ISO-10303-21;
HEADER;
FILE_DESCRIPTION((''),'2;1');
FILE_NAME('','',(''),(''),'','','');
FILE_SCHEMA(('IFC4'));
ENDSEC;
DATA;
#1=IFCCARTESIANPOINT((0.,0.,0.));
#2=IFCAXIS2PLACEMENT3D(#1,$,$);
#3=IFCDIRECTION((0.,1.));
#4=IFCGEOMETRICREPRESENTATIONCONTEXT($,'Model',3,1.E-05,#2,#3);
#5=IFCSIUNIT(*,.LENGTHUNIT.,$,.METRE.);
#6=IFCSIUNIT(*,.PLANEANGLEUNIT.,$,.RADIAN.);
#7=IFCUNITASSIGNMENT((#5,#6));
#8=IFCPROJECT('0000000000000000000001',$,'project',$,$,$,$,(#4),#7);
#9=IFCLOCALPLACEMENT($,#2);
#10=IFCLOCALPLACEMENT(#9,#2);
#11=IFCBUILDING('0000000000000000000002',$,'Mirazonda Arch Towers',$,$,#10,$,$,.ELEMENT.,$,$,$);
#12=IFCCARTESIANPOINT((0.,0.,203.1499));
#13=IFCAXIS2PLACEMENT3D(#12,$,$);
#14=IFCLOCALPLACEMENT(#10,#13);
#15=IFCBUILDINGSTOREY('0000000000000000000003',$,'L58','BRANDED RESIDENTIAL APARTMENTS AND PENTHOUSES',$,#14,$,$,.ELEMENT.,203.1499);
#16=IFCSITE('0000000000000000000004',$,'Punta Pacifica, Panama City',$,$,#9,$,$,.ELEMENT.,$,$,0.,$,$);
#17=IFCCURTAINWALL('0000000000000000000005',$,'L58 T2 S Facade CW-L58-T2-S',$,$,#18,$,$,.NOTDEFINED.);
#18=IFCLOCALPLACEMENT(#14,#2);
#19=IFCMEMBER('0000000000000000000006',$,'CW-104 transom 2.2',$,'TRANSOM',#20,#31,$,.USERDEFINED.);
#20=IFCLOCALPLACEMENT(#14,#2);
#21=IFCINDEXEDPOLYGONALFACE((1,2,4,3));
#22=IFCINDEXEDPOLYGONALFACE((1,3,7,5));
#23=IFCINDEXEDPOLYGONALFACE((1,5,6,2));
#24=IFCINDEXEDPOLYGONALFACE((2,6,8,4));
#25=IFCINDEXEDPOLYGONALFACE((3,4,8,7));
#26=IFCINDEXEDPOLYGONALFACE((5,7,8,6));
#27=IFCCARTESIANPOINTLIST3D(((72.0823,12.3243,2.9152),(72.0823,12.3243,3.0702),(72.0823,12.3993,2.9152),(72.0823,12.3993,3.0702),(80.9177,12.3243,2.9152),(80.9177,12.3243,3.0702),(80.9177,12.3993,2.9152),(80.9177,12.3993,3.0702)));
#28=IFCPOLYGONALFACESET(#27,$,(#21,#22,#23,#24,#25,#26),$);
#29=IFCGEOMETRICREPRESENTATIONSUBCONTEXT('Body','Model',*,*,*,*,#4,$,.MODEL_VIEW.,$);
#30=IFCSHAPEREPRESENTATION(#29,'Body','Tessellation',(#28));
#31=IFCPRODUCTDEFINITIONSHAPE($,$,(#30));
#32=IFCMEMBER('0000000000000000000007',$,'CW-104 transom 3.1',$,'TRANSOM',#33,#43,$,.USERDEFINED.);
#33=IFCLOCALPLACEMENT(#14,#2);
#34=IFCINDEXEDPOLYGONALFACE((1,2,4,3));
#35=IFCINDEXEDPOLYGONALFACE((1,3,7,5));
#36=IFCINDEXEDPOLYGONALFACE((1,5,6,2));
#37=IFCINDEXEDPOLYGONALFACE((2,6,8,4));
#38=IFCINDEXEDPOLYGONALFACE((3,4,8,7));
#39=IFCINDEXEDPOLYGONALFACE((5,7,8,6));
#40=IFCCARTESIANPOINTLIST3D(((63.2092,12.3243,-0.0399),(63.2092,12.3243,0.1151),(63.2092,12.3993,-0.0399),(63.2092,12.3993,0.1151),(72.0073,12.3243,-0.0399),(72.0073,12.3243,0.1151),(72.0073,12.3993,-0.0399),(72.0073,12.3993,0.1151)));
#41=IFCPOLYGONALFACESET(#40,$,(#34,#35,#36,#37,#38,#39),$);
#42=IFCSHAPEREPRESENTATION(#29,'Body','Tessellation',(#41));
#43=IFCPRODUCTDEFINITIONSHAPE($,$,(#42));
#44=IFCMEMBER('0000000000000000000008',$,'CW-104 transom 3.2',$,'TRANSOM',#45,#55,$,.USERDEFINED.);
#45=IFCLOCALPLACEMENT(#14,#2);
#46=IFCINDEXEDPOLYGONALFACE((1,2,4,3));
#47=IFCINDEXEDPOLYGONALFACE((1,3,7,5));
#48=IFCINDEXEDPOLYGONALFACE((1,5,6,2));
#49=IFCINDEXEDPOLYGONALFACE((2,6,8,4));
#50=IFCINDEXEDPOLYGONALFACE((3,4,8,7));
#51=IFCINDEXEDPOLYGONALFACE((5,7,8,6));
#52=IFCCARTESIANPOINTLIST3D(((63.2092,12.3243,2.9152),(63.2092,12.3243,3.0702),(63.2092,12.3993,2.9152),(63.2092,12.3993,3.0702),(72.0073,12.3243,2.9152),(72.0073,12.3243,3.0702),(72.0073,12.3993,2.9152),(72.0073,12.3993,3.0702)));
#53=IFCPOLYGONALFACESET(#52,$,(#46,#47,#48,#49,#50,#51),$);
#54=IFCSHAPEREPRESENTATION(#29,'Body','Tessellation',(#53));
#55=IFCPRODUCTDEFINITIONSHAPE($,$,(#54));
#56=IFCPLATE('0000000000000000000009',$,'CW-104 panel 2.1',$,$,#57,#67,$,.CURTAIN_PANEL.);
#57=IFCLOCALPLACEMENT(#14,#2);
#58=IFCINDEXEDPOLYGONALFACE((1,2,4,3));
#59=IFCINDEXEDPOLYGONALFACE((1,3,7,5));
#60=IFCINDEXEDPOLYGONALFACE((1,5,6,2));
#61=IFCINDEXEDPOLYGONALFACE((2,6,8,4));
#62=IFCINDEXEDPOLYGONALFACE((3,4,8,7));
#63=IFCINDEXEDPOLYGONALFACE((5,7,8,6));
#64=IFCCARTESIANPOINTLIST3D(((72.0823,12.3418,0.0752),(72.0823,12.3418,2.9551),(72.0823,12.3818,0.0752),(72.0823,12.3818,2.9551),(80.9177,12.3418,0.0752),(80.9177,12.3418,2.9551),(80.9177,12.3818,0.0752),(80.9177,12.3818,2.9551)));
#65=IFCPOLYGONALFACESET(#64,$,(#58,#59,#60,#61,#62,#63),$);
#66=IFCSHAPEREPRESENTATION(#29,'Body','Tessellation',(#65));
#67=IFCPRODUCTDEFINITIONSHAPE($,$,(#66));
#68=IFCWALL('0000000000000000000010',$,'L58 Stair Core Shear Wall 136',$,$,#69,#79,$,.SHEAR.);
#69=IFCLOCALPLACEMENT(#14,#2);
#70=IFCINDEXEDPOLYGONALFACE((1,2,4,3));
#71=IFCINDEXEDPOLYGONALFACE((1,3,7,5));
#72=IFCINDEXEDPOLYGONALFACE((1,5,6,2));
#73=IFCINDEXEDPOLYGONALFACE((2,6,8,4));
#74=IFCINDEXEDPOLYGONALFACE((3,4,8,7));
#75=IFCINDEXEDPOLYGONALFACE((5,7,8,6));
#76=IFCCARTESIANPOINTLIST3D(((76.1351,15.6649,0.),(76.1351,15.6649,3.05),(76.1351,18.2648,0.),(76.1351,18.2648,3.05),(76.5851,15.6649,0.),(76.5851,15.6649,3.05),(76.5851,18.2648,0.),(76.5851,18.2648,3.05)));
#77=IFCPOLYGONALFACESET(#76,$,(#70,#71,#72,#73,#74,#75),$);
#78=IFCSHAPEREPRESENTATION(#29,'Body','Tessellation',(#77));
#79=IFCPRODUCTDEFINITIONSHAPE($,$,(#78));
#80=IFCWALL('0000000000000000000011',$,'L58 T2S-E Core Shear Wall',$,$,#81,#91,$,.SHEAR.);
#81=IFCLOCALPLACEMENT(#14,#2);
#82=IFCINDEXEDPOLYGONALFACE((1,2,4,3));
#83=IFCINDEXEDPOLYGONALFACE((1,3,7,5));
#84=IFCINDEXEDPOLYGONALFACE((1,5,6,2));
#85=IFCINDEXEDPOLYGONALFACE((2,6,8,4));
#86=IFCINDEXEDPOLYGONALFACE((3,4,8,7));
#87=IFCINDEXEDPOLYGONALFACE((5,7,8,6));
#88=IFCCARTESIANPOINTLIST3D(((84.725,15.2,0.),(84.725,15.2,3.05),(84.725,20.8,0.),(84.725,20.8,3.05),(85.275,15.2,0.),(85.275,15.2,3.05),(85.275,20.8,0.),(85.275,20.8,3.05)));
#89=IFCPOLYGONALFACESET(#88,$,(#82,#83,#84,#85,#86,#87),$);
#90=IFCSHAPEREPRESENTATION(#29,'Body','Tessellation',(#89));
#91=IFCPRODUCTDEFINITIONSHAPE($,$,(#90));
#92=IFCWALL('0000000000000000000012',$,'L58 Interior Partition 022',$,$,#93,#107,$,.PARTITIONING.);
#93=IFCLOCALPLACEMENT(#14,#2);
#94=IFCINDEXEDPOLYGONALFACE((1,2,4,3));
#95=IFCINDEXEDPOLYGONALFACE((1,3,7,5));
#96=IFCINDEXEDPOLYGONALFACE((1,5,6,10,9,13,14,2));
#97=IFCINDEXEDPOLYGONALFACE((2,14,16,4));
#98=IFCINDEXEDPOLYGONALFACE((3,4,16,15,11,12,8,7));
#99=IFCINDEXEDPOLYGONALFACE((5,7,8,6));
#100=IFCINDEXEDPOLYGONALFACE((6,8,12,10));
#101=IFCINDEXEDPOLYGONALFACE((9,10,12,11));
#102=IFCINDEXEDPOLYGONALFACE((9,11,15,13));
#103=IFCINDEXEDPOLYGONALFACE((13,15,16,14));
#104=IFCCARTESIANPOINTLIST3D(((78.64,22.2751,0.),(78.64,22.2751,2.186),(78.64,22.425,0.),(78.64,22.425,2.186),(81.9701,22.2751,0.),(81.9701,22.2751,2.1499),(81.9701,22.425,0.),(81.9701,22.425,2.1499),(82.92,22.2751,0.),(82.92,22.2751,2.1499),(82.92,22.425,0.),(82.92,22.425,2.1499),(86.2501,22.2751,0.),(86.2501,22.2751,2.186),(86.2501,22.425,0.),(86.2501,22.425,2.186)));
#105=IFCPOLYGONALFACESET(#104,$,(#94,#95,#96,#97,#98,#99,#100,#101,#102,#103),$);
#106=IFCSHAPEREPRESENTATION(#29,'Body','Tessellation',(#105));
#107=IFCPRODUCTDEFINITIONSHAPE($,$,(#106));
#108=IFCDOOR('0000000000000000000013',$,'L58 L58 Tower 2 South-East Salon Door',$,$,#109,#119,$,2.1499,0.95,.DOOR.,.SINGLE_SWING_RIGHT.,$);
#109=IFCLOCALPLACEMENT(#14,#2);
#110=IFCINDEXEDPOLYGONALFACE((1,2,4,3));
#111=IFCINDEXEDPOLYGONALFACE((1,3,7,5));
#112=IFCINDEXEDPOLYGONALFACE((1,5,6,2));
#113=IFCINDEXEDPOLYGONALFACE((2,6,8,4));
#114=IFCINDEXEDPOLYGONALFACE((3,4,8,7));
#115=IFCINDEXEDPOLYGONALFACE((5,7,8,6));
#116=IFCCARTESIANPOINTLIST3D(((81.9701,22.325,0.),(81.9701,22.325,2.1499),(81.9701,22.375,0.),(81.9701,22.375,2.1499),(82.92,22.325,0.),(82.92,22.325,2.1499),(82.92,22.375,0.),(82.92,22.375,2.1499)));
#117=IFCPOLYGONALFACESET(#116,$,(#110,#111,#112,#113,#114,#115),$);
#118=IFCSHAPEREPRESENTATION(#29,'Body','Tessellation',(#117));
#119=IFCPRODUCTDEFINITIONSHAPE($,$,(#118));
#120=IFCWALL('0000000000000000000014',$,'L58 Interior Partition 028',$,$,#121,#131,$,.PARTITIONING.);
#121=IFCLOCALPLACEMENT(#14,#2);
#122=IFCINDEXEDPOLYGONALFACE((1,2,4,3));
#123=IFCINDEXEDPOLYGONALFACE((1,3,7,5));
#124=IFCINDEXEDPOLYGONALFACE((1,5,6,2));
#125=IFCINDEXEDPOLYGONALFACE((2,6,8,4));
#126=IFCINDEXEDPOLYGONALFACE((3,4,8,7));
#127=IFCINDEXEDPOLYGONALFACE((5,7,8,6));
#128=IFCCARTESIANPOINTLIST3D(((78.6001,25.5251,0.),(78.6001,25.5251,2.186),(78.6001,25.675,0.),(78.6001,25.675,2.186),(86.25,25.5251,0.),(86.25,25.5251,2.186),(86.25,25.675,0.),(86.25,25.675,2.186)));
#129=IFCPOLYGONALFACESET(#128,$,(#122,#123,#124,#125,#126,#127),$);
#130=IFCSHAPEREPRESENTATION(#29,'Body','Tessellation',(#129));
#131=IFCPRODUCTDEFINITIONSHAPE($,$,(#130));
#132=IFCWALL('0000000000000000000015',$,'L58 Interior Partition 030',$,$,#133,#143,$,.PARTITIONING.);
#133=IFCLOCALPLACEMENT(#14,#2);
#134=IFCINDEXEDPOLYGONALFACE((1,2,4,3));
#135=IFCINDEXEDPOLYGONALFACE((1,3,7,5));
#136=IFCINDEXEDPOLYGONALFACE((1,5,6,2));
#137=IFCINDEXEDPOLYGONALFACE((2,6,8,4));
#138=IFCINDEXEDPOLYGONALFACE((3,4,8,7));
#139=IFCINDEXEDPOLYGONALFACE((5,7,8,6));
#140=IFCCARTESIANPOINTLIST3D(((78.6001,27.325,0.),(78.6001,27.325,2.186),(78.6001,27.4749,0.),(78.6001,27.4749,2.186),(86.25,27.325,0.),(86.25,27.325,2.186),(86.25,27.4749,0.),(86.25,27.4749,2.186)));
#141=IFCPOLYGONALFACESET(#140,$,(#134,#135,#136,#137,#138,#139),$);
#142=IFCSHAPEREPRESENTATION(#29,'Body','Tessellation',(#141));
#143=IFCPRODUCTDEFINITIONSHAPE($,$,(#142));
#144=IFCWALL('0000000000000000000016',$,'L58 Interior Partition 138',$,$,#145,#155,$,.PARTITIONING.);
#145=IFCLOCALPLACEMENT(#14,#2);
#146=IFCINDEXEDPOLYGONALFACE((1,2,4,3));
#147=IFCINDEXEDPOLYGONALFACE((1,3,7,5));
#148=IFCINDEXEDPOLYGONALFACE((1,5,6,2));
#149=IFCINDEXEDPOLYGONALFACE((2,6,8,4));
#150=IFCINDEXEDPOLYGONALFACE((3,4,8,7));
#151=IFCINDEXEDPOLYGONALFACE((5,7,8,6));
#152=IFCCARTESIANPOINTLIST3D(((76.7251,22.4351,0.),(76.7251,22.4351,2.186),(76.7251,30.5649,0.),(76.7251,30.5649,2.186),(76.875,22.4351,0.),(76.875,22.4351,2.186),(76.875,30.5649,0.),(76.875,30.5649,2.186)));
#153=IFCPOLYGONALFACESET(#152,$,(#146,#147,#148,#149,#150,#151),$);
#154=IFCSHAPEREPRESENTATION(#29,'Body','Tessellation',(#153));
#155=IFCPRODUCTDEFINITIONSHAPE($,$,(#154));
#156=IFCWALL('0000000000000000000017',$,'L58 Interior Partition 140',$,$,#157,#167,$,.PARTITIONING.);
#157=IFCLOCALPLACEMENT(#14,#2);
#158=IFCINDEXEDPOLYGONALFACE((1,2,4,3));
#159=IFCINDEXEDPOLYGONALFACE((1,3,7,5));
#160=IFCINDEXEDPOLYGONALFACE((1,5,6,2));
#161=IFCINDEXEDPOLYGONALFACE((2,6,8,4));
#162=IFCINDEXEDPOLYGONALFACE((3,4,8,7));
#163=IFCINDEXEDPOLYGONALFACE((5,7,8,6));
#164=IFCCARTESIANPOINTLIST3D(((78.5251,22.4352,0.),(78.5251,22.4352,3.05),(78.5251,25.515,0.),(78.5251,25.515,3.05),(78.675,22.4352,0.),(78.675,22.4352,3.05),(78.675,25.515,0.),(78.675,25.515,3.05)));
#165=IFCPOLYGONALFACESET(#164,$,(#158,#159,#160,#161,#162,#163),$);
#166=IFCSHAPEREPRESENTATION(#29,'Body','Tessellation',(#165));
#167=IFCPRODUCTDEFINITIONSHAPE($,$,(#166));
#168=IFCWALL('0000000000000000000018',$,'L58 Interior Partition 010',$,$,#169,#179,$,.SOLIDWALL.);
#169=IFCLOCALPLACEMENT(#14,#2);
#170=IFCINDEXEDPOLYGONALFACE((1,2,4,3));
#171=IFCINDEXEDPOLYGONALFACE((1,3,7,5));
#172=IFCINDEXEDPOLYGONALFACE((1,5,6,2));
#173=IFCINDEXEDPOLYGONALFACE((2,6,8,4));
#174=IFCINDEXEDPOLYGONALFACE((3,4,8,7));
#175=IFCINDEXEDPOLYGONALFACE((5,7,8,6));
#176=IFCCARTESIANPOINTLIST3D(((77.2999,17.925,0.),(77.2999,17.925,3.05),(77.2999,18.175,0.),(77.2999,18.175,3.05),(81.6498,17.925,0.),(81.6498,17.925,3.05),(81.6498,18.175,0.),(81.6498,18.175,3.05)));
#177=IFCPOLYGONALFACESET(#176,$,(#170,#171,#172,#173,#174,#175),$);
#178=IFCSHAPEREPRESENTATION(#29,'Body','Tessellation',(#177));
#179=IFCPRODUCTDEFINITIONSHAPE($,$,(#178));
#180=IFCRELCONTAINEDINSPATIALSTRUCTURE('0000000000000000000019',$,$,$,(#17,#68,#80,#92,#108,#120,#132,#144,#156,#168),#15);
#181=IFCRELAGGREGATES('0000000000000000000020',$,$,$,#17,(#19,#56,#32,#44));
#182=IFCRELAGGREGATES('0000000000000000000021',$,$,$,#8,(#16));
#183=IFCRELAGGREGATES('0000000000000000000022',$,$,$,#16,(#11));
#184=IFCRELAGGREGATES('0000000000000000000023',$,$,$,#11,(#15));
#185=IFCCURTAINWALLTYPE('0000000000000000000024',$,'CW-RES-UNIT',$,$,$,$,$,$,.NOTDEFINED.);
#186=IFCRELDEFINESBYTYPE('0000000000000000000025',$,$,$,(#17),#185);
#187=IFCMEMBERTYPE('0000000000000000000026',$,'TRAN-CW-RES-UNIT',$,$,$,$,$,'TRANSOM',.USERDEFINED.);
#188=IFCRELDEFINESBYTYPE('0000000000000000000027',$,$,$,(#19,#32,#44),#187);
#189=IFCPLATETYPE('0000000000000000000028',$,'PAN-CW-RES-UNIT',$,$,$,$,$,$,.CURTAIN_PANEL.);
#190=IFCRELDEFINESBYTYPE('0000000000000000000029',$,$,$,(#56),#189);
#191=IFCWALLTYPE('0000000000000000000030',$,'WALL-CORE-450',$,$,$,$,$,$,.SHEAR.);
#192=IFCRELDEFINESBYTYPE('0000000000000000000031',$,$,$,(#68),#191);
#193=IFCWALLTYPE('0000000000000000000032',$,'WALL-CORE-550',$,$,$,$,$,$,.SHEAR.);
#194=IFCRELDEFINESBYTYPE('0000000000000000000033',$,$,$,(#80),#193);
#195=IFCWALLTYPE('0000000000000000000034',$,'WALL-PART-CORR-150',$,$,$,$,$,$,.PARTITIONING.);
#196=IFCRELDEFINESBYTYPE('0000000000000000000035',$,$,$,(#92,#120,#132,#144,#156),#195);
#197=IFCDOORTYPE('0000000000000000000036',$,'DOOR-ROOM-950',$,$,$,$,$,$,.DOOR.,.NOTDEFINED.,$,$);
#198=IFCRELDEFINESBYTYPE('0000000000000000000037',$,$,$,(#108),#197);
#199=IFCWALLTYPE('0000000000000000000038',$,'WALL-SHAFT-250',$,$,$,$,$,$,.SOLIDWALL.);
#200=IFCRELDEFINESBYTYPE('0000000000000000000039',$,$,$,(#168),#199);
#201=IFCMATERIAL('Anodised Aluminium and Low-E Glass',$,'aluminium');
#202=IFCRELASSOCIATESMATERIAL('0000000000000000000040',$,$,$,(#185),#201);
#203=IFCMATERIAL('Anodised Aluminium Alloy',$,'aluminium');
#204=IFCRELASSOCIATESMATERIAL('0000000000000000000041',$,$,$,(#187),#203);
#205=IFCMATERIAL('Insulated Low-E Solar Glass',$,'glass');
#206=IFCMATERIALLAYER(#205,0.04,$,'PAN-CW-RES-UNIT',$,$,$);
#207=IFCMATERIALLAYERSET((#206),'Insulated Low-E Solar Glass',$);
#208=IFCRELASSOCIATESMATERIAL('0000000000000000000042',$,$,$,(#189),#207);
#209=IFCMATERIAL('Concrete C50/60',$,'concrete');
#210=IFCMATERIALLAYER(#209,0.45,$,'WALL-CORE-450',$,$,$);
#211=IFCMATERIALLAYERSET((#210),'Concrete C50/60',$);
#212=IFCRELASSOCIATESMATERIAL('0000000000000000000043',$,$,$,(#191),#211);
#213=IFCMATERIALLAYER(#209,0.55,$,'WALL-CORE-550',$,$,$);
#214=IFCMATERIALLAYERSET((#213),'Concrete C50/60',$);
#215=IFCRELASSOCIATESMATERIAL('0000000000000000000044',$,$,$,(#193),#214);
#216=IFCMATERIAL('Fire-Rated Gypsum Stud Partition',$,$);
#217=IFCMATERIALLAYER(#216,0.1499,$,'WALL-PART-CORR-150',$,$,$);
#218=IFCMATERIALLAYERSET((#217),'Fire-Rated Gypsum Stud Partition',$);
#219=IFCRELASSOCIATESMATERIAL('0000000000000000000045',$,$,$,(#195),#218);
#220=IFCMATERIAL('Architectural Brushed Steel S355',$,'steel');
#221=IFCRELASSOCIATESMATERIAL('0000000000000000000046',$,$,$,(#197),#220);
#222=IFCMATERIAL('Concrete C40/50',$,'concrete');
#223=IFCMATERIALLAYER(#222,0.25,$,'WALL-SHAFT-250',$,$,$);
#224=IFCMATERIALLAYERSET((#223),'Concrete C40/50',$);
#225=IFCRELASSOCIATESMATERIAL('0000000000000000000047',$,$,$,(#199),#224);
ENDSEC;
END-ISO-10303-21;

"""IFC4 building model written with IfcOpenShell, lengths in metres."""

from ifc_helpers import new_model, si_unit, direction, frame, frame_2d, origin, origin_2d, place, context, subcontext, project, spatial, rectangle, extrude, material, layer, layer_set, material_profile, profile_set, type_object, element, fill, aggregate, save


model = new_model("IFC4")

# Units and contexts
model_context = context("Model", 3, precision=1e-05, world=origin(), true_north=direction((0.0, 1.0)))
body_context = subcontext(model_context, "Body", "Model", "MODEL_VIEW")
ifc_project = project(units=[si_unit("LENGTHUNIT", "METRE"), si_unit("PLANEANGLEUNIT", "RADIAN")], contexts=[model_context])

# Site, building, storey
site_placement = place(None, origin())
site = spatial("IfcSite", under=ifc_project, at=site_placement, Name="Punta Pacifica, Panama City", CompositionType="ELEMENT", RefElevation=0.0)
building_placement = place(site_placement, origin())
building = spatial("IfcBuilding", under=site, at=building_placement, Name="Mirazonda Arch Towers", CompositionType="ELEMENT")
storey_placement = place(building_placement, frame((0.0, 0.0, 203.1499)))
storey = spatial("IfcBuildingStorey", under=building, at=storey_placement, Name="L58", Description="BRANDED RESIDENTIAL APARTMENTS AND PENTHOUSES", CompositionType="ELEMENT", Elevation=203.1499)

# Shared definitions
ifc_material_1 = material(Name="Concrete C50/60", Category="concrete")

# Curtain wall, members, plate
ifc_material_2 = material(Name="Anodised Aluminium and Low-E Glass", Category="aluminium")
curtain_wall_type = type_object("IfcCurtainWallType", Name="CW-RES-UNIT", PredefinedType="NOTDEFINED", material=ifc_material_2)
curtain_wall_placement = place(storey_placement, origin())
curtain_wall = element("IfcCurtainWall", 1, at=curtain_wall_placement, inside=storey, type_object=curtain_wall_type, Name="L58 T2 S Facade CW-L58-T2-S", PredefinedType="NOTDEFINED")
ifc_material_3 = material(Name="Anodised Aluminium Alloy", Category="aluminium")
ifc_material_profile_1 = material_profile(ifc_material_3, rectangle(XDim=0.075, YDim=0.155, at=origin_2d()), Name="ALU-TRAN-75x155")
ifc_profile_set_1 = profile_set([ifc_material_profile_1], Name="Anodised Aluminium Alloy")
member_type_1 = type_object("IfcMemberType", Name="TRAN-CW-RES-UNIT", ElementType="TRANSOM", PredefinedType="USERDEFINED", material=ifc_profile_set_1)
member_1_placement = place(storey_placement, frame((80.9177, 12.3618, 2.9927), z_axis=(-1.0, 0.0, 0.0), x_axis=(0.0, -1.0, 0.0)))
member_1 = element("IfcMember", 2, at=member_1_placement, type_object=member_type_1, Name="CW-104 transom 2.2", ObjectType="TRANSOM", PredefinedType="USERDEFINED", context=body_context, shape_type="SweptSolid", body=[
    extrude(rectangle(XDim=0.075, YDim=0.155, at=origin_2d()), origin(), (0.0, 0.0, 1.0), 8.8354),
])
member_2_placement = place(storey_placement, frame((72.0073, 12.3618, 0.0376), z_axis=(-1.0, 0.0, 0.0), x_axis=(0.0, -1.0, 0.0)))
member_2 = element("IfcMember", 3, at=member_2_placement, type_object=member_type_1, Name="CW-104 transom 3.1", ObjectType="TRANSOM", PredefinedType="USERDEFINED", context=body_context, shape_type="SweptSolid", body=[
    extrude(rectangle(XDim=0.075, YDim=0.155, at=origin_2d()), origin(), (0.0, 0.0, 1.0), 8.7981),
])
member_3_placement = place(storey_placement, frame((72.0073, 12.3618, 2.9927), z_axis=(-1.0, 0.0, 0.0), x_axis=(0.0, -1.0, 0.0)))
member_3 = element("IfcMember", 4, at=member_3_placement, type_object=member_type_1, Name="CW-104 transom 3.2", ObjectType="TRANSOM", PredefinedType="USERDEFINED", context=body_context, shape_type="SweptSolid", body=[
    extrude(rectangle(XDim=0.075, YDim=0.155, at=origin_2d()), origin(), (0.0, 0.0, 1.0), 8.7981),
])
ifc_material_4 = material(Name="Insulated Low-E Solar Glass", Category="glass")
ifc_layer_1 = layer(ifc_material_4, 0.04, Name="PAN-CW-RES-UNIT")
ifc_layer_set_1 = layer_set([ifc_layer_1], Name="Insulated Low-E Solar Glass")
plate_type = type_object("IfcPlateType", Name="PAN-CW-RES-UNIT", PredefinedType="CURTAIN_PANEL", material=ifc_layer_set_1)
plate_placement = place(storey_placement, frame((76.5, 12.3618, 0.0752), z_axis=(0.0, 0.0, 1.0), x_axis=(-1.0, 0.0, 0.0)))
plate = element("IfcPlate", 5, at=plate_placement, type_object=plate_type, Name="CW-104 panel 2.1", PredefinedType="CURTAIN_PANEL", context=body_context, shape_type="SweptSolid", body=[
    extrude(rectangle(XDim=8.8354, YDim=0.04, at=origin_2d()), origin(), (0.0, 0.0, 1.0), 2.8799),
])
aggregate(curtain_wall, [member_1, plate, member_2, member_3])

# Walls
ifc_layer_2 = layer(ifc_material_1, 0.45, Name="WALL-CORE-450")
ifc_layer_set_2 = layer_set([ifc_layer_2], Name="Concrete C50/60")
wall_type_1 = type_object("IfcWallType", Name="WALL-CORE-450", PredefinedType="SHEAR", material=ifc_layer_set_2)
wall_1_placement = place(storey_placement, frame((76.3601, 15.665, 0.0), z_axis=(0.0, 0.0, 1.0), x_axis=(0.0, 1.0, 0.0)))
element("IfcWall", 6, at=wall_1_placement, inside=storey, type_object=wall_type_1, Name="L58 Stair Core Shear Wall 136", PredefinedType="SHEAR", context=body_context, shape_type="SweptSolid", body=[
    extrude(rectangle(XDim=2.5999, YDim=0.45, at=frame_2d((1.2998, 0.0))), origin(), (0.0, 0.0, 1.0), 3.05),
])
ifc_layer_3 = layer(ifc_material_1, 0.55, Name="WALL-CORE-550")
ifc_layer_set_3 = layer_set([ifc_layer_3], Name="Concrete C50/60")
wall_type_2 = type_object("IfcWallType", Name="WALL-CORE-550", PredefinedType="SHEAR", material=ifc_layer_set_3)
wall_2_placement = place(storey_placement, frame((85.0, 15.2, 0.0), z_axis=(0.0, 0.0, 1.0), x_axis=(0.0, 1.0, 0.0)))
element("IfcWall", 7, at=wall_2_placement, inside=storey, type_object=wall_type_2, Name="L58 T2S-E Core Shear Wall", PredefinedType="SHEAR", context=body_context, shape_type="SweptSolid", body=[
    extrude(rectangle(XDim=5.6001, YDim=0.55, at=frame_2d((2.8, 0.0))), origin(), (0.0, 0.0, 1.0), 3.05),
])

# Wall, opening, door
ifc_material_5 = material(Name="Fire-Rated Gypsum Stud Partition")
ifc_layer_4 = layer(ifc_material_5, 0.1499, Name="WALL-PART-CORR-150")
ifc_layer_set_4 = layer_set([ifc_layer_4], Name="Fire-Rated Gypsum Stud Partition")
wall_type_3 = type_object("IfcWallType", Name="WALL-PART-CORR-150", PredefinedType="PARTITIONING", material=ifc_layer_set_4)
wall_3_placement = place(storey_placement, frame((78.6399, 22.3501, 0.0), z_axis=(0.0, 0.0, 1.0), x_axis=(1.0, 0.0, 0.0)))
wall_3 = element("IfcWall", 8, at=wall_3_placement, inside=storey, type_object=wall_type_3, Name="L58 Interior Partition 022", PredefinedType="PARTITIONING", context=body_context, shape_type="SweptSolid", body=[
    extrude(rectangle(XDim=7.6101, YDim=0.1499, at=frame_2d((3.8052, 0.0))), origin(), (0.0, 0.0, 1.0), 2.186),
])
opening_placement = place(wall_3_placement, frame((3.3301, 0.0, 0.0)))
opening = element("IfcOpeningElement", 9, at=opening_placement, cuts=wall_3, PredefinedType="OPENING", context=body_context, shape_type="SweptSolid", body=[
    extrude(rectangle(XDim=0.95, YDim=2.1499, at=frame_2d((0.4751, 1.075))), frame((0.0, 0.085, 0.0), z_axis=(0.0, -1.0, 0.0), x_axis=(1.0, 0.0, 0.0)), (0.0, 0.0, 1.0), 0.1699),
])
ifc_material_6 = material(Name="Architectural Brushed Steel S355", Category="steel")
door_type = type_object("IfcDoorType", Name="DOOR-ROOM-950", OperationType="NOTDEFINED", PredefinedType="DOOR", material=ifc_material_6)
door_placement = place(opening_placement, origin())
door = element("IfcDoor", 10, at=door_placement, inside=storey, type_object=door_type, Name="L58 L58 Tower 2 South-East Salon Door", OperationType="SINGLE_SWING_RIGHT", OverallHeight=2.1499, OverallWidth=0.95, PredefinedType="DOOR", context=body_context, shape_type="SweptSolid", body=[
    extrude(rectangle(XDim=0.95, YDim=2.1499, at=frame_2d((0.4751, 1.075))), frame((0.0, 0.0249, 0.0), z_axis=(0.0, -1.0, 0.0), x_axis=(1.0, 0.0, 0.0)), (0.0, 0.0, 1.0), 0.05),
])
fill(opening, door)

# Walls
for number, where, z_axis, x_axis, name in (
    (11, (78.6001, 25.6001, 0.0), (0.0, 0.0, 1.0), (1.0, 0.0, 0.0), "L58 Interior Partition 028"),
    (12, (78.6001, 27.3999, 0.0), (0.0, 0.0, 1.0), (1.0, 0.0, 0.0), "L58 Interior Partition 030"),
):
    element("IfcWall", number, at=place(storey_placement, frame(where, z_axis=z_axis, x_axis=x_axis)), inside=storey, type_object=wall_type_3, Name=name, PredefinedType="PARTITIONING", context=body_context, shape_type="SweptSolid", body=[
        extrude(rectangle(XDim=7.6499, YDim=0.1499, at=frame_2d((3.825, 0.0))), origin(), (0.0, 0.0, 1.0), 2.186),
    ])
wall_4_placement = place(storey_placement, frame((76.8, 22.4351, 0.0), z_axis=(0.0, 0.0, 1.0), x_axis=(0.0, 1.0, 0.0)))
element("IfcWall", 13, at=wall_4_placement, inside=storey, type_object=wall_type_3, Name="L58 Interior Partition 138", PredefinedType="PARTITIONING", context=body_context, shape_type="SweptSolid", body=[
    extrude(rectangle(XDim=8.1299, YDim=0.1499, at=frame_2d((4.0649, 0.0))), origin(), (0.0, 0.0, 1.0), 2.186),
])
wall_5_placement = place(storey_placement, frame((78.6001, 22.4351, 0.0), z_axis=(0.0, 0.0, 1.0), x_axis=(0.0, 1.0, 0.0)))
element("IfcWall", 14, at=wall_5_placement, inside=storey, type_object=wall_type_3, Name="L58 Interior Partition 140", PredefinedType="PARTITIONING", context=body_context, shape_type="SweptSolid", body=[
    extrude(rectangle(XDim=3.0798, YDim=0.1499, at=frame_2d((1.54, 0.0))), origin(), (0.0, 0.0, 1.0), 3.05),
])
ifc_material_7 = material(Name="Concrete C40/50", Category="concrete")
ifc_layer_5 = layer(ifc_material_7, 0.25, Name="WALL-SHAFT-250")
ifc_layer_set_5 = layer_set([ifc_layer_5], Name="Concrete C40/50")
wall_type_4 = type_object("IfcWallType", Name="WALL-SHAFT-250", PredefinedType="SOLIDWALL", material=ifc_layer_set_5)
wall_6_placement = place(storey_placement, frame((77.3, 18.05, 0.0), z_axis=(0.0, 0.0, 1.0), x_axis=(1.0, 0.0, 0.0)))
element("IfcWall", 15, at=wall_6_placement, inside=storey, type_object=wall_type_4, Name="L58 Interior Partition 010", PredefinedType="SOLIDWALL", context=body_context, shape_type="SweptSolid", body=[
    extrude(rectangle(XDim=4.3499, YDim=0.25, at=frame_2d((2.1748, 0.0))), origin(), (0.0, 0.0, 1.0), 3.05),
])

save(model, "model.ifc")
